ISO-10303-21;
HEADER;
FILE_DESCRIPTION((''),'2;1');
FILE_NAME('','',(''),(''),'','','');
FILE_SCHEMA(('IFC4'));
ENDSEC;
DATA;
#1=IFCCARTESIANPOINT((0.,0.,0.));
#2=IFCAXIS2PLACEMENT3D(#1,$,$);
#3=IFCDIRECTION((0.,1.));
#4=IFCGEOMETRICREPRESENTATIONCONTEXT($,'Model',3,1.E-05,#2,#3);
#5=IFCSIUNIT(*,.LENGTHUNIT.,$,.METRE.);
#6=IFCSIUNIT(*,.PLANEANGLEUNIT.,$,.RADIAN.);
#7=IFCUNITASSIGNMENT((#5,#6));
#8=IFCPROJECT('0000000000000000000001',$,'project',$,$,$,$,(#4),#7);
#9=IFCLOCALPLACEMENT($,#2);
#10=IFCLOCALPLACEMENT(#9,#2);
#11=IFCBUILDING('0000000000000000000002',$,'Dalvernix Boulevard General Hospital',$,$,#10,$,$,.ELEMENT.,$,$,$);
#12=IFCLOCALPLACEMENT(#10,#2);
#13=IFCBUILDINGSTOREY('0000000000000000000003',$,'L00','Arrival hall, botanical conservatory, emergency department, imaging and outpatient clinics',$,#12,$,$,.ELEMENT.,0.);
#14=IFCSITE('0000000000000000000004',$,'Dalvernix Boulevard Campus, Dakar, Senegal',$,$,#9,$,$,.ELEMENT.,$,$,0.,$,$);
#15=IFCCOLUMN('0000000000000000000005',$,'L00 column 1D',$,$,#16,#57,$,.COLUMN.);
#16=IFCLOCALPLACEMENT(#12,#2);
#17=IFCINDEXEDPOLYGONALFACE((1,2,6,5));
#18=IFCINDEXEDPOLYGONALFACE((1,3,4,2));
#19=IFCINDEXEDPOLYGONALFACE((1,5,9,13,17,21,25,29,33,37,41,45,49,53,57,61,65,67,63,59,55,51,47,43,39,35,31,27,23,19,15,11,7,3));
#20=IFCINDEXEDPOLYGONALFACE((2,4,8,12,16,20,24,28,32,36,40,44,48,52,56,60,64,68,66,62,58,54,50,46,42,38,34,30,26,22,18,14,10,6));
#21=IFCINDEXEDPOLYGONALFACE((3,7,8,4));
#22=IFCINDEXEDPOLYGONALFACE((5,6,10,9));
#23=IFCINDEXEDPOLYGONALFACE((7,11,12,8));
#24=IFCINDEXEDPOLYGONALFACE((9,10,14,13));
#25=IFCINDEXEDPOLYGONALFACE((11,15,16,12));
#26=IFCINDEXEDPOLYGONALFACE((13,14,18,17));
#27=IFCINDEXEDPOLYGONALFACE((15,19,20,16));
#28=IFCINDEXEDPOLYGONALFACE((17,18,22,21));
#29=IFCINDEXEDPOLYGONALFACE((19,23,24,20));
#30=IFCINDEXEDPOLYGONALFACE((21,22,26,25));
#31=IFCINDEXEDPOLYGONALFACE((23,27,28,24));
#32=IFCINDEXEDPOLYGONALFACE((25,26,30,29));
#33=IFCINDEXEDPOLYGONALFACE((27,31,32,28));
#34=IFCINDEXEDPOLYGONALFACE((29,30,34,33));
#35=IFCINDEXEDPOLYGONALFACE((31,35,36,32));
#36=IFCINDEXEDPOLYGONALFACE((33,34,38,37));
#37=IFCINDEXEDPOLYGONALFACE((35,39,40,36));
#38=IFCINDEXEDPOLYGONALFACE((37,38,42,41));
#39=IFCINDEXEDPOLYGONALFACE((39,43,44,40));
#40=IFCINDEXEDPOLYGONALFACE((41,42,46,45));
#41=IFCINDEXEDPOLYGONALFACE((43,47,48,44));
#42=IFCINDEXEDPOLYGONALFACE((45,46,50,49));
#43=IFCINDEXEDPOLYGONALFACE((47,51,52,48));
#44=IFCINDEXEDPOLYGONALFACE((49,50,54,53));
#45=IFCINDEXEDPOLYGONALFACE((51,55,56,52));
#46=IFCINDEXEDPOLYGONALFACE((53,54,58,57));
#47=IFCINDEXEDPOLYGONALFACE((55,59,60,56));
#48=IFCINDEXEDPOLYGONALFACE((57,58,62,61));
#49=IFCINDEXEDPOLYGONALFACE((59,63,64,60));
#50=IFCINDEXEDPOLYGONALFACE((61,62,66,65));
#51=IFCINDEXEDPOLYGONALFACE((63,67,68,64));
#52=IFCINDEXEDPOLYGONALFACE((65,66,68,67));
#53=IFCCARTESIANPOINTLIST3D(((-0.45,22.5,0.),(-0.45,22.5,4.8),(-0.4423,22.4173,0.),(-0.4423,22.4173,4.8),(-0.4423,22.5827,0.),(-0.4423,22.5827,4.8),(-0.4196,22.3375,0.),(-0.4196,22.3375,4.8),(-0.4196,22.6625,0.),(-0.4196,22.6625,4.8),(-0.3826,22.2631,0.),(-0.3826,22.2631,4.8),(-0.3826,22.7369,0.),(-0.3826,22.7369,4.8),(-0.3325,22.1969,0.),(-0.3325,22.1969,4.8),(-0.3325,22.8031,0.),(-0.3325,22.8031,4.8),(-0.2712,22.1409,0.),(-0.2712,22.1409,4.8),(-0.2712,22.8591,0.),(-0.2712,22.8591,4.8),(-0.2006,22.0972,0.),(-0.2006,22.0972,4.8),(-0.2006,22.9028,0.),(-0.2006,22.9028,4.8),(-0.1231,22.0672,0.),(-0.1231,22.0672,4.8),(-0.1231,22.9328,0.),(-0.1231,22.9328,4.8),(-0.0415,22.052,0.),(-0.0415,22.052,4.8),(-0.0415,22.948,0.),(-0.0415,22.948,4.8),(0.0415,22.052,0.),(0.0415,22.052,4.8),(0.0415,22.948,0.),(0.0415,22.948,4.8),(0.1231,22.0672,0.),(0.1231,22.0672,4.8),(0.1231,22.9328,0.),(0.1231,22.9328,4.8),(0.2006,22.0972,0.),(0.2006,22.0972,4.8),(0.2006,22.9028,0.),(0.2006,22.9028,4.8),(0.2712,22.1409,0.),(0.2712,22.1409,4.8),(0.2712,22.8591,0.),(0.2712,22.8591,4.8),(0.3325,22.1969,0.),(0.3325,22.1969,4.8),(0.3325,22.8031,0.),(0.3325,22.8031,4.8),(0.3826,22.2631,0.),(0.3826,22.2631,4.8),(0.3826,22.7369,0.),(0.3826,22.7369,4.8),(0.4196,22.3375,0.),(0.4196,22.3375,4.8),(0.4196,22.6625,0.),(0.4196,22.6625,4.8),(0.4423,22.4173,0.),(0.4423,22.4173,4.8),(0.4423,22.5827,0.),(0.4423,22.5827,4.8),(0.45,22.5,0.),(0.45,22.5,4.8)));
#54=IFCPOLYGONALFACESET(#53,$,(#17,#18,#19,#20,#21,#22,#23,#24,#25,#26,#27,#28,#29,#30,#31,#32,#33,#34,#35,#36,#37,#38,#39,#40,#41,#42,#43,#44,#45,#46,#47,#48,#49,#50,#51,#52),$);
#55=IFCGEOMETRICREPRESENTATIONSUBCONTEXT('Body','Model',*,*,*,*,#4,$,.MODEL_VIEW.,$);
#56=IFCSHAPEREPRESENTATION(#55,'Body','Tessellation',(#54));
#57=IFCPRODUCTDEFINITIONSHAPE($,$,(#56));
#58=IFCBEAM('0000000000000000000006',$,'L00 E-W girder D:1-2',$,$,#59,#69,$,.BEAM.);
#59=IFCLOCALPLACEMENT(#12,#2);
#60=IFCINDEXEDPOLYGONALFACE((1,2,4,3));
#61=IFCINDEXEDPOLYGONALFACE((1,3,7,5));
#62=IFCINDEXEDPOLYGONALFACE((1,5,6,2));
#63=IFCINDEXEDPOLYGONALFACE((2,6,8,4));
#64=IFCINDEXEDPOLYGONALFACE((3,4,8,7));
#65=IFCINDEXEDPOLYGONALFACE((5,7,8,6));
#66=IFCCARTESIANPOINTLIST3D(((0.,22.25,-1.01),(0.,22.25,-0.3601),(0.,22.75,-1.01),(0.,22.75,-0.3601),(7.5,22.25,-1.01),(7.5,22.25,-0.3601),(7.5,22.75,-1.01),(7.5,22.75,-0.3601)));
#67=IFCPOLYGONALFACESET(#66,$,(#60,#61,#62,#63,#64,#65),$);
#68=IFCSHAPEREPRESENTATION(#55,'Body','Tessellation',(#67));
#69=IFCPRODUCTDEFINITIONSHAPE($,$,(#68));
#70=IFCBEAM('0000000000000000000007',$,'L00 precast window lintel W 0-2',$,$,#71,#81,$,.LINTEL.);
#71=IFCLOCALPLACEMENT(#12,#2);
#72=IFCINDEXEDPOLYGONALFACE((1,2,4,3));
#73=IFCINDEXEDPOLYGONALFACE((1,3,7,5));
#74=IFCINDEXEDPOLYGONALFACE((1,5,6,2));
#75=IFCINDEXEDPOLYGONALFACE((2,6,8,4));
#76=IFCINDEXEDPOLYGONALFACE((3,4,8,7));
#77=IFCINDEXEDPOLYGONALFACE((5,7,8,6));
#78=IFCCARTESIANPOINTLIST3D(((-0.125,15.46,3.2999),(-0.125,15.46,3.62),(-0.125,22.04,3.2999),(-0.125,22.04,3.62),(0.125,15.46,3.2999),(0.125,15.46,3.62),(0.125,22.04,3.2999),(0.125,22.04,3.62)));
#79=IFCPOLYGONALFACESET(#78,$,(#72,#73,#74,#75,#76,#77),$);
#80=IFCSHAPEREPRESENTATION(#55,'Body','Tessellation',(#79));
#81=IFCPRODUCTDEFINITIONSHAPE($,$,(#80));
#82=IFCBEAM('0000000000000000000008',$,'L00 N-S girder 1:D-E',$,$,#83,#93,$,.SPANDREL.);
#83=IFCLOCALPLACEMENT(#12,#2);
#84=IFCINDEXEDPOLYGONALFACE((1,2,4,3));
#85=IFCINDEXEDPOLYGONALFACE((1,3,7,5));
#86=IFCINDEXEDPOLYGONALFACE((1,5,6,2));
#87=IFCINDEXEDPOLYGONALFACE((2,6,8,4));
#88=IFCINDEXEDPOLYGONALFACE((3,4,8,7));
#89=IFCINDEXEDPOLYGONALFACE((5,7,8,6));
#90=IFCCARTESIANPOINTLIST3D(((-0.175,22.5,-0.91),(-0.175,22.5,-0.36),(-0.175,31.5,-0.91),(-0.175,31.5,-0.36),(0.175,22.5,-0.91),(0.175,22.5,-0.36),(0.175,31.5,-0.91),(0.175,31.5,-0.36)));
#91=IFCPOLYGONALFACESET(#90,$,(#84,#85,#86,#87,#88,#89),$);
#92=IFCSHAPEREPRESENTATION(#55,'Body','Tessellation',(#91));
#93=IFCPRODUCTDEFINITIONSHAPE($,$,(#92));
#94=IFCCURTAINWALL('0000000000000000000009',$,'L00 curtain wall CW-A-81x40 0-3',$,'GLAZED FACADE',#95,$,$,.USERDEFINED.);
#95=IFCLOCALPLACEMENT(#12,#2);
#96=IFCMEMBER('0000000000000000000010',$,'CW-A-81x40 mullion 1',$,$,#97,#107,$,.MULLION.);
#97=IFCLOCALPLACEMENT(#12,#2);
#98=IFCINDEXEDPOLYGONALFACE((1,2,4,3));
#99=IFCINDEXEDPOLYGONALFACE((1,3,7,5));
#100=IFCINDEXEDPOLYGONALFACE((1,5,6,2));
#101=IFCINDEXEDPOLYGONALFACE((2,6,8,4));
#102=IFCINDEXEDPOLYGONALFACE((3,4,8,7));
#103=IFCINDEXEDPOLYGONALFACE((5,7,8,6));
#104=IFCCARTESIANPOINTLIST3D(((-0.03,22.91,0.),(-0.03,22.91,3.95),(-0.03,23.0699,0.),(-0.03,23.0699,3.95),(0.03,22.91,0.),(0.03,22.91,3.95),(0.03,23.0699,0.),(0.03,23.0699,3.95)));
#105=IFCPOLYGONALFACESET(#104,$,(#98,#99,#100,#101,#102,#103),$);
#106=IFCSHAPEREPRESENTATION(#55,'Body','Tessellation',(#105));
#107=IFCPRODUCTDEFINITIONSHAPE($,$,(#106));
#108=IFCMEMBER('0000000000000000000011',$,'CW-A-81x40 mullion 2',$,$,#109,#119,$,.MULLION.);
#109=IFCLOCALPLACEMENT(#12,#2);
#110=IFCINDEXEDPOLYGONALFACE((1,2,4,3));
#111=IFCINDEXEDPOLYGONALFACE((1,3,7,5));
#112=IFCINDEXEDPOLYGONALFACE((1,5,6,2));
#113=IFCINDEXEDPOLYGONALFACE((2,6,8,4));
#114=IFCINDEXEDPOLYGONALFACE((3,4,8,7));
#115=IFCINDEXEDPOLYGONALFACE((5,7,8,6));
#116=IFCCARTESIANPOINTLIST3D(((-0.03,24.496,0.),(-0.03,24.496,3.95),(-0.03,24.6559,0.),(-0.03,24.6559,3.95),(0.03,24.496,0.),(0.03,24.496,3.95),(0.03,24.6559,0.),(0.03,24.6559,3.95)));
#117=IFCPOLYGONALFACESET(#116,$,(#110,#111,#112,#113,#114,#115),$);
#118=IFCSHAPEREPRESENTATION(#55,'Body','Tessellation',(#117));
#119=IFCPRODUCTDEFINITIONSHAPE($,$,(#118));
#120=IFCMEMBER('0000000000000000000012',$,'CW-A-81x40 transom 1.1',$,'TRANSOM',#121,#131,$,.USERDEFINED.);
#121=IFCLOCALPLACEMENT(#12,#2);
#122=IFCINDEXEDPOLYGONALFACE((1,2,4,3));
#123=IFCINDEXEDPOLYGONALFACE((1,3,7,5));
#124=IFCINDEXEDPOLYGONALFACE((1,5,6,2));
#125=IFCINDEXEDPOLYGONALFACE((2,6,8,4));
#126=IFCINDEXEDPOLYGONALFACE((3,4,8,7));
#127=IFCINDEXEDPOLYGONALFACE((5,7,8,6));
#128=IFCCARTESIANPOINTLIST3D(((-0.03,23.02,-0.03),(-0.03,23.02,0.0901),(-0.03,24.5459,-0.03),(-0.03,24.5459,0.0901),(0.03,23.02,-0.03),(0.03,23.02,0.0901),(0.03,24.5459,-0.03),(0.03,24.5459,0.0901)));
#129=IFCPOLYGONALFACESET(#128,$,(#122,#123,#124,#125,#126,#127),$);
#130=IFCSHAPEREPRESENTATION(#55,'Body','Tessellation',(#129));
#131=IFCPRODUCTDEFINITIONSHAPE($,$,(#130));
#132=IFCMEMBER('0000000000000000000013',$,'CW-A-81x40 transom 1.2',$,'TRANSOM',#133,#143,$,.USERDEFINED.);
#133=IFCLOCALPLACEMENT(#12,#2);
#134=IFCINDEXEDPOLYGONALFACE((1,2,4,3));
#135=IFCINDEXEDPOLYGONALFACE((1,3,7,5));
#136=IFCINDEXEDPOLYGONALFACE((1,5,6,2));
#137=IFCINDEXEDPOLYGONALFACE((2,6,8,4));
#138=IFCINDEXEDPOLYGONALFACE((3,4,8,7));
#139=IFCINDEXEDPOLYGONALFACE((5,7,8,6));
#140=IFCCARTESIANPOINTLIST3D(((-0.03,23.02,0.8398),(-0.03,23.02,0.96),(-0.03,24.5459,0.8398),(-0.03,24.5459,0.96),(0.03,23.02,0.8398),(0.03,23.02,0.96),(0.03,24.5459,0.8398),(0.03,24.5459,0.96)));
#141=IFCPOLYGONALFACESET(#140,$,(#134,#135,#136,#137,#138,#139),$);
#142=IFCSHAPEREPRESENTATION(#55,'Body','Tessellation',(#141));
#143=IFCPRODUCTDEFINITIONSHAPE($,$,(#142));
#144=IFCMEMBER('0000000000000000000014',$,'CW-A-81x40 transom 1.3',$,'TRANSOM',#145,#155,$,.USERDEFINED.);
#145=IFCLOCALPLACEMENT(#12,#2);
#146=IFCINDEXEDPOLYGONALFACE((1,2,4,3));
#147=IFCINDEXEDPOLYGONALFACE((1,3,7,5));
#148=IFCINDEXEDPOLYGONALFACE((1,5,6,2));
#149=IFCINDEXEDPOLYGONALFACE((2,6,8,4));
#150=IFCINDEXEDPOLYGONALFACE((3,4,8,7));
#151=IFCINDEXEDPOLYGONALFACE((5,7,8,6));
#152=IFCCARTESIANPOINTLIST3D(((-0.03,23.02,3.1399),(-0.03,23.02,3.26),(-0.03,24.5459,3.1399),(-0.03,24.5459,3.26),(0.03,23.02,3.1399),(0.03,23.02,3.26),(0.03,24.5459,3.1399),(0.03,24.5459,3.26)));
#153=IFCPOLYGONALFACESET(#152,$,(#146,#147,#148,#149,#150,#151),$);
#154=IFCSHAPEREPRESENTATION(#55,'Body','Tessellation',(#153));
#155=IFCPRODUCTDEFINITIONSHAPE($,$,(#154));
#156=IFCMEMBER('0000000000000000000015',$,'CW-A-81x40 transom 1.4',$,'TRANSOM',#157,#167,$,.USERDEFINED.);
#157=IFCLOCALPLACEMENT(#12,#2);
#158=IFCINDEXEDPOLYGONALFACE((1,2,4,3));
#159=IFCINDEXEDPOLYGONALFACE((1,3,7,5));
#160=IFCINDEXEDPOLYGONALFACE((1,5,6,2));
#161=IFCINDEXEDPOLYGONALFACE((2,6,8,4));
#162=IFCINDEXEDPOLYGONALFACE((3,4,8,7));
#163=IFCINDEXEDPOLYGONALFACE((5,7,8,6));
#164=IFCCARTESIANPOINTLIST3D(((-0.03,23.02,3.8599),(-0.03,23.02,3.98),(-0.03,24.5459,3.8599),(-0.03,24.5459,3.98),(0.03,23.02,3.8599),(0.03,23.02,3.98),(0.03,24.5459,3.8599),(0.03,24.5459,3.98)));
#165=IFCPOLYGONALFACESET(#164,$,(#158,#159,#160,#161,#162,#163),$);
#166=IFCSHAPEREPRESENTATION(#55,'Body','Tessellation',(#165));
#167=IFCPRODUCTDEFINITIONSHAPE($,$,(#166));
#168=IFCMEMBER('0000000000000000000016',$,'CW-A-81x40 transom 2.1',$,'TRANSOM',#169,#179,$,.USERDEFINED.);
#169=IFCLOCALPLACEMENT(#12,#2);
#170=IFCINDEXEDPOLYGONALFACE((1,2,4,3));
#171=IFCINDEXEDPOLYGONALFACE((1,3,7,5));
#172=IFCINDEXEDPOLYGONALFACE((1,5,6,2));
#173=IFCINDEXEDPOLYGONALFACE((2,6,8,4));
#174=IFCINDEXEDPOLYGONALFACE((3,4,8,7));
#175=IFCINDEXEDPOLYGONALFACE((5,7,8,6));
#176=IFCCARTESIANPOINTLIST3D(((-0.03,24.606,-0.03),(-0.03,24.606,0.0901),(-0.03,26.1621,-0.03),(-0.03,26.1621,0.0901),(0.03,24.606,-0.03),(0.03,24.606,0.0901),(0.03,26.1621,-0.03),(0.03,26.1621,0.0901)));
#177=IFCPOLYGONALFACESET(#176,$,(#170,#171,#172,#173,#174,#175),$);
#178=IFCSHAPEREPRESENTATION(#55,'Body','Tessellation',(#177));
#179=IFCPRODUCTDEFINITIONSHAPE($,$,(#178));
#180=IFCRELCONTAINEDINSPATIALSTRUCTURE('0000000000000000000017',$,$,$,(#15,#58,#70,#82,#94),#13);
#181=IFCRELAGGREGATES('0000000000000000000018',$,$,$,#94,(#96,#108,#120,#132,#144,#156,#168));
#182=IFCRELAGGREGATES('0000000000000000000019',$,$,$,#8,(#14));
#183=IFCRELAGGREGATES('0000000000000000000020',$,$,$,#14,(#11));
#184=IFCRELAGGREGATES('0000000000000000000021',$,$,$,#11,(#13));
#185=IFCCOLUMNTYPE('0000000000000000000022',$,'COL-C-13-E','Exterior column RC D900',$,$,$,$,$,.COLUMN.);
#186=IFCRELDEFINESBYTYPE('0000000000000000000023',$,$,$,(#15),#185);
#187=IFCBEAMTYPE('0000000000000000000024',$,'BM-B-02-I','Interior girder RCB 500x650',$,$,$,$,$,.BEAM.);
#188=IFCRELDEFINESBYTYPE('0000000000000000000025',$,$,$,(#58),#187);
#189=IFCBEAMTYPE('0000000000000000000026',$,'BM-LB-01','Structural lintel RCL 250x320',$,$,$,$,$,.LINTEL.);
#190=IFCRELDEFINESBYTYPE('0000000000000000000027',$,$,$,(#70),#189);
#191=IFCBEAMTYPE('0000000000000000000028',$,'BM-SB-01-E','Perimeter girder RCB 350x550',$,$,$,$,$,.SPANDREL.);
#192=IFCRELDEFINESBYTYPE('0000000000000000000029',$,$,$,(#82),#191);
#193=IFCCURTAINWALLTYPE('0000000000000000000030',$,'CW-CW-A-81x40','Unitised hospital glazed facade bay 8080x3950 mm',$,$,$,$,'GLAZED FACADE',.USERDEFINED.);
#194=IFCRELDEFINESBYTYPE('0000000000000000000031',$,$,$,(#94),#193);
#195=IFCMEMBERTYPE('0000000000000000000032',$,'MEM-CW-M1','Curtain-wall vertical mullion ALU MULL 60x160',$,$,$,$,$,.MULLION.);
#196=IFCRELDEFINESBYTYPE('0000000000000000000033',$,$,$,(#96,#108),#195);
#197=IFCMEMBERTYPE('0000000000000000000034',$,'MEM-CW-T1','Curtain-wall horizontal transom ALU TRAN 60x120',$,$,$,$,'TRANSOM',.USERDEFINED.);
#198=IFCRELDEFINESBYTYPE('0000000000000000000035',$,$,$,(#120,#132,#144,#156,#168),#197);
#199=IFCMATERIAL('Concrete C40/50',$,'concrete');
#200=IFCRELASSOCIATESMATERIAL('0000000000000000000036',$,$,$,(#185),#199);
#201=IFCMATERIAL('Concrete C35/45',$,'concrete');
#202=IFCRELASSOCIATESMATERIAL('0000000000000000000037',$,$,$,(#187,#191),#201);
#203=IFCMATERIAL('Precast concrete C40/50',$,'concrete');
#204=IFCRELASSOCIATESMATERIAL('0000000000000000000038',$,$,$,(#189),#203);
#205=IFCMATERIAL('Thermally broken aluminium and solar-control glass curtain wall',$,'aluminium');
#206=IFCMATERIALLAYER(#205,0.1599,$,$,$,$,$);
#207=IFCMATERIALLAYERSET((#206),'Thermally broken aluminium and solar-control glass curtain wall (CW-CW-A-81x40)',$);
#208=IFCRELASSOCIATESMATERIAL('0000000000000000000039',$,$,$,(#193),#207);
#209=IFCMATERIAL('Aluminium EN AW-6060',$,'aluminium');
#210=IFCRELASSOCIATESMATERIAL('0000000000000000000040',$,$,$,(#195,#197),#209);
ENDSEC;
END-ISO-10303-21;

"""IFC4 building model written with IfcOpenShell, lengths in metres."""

from ifc_helpers import new_model, si_unit, direction, frame, origin, origin_2d, place, context, subcontext, project, spatial, rectangle, circle, extrude, material, layer, layer_set, material_profile, profile_set, type_object, element, aggregate, save


model = new_model("IFC4")

# Units and contexts
model_context = context("Model", 3, precision=1e-05, world=origin(), true_north=direction((0.0, 1.0)))
body_context = subcontext(model_context, "Body", "Model", "MODEL_VIEW")
ifc_project = project(units=[si_unit("LENGTHUNIT", "METRE"), si_unit("PLANEANGLEUNIT", "RADIAN")], contexts=[model_context])

# Site, building, storey
site_placement = place(None, origin())
site = spatial("IfcSite", under=ifc_project, at=site_placement, Name="Dalvernix Boulevard Campus, Dakar, Senegal", CompositionType="ELEMENT", RefElevation=0.0)
building_placement = place(site_placement, origin())
building = spatial("IfcBuilding", under=site, at=building_placement, Name="Dalvernix Boulevard General Hospital", CompositionType="ELEMENT")
storey_placement = place(building_placement, origin())
storey = spatial("IfcBuildingStorey", under=building, at=storey_placement, Name="L00", Description="Arrival hall, botanical conservatory, emergency department, imaging and outpatient clinics", CompositionType="ELEMENT", Elevation=0.0)

# Column
ifc_material_1 = material(Name="Concrete C40/50", Category="concrete")
ifc_material_profile_1 = material_profile(ifc_material_1, circle(Radius=0.45, at=origin_2d()), Name="RC D900")
ifc_profile_set_1 = profile_set([ifc_material_profile_1], Name="Concrete C40/50")
column_type = type_object("IfcColumnType", Name="COL-C-13-E", Description="Exterior column RC D900", PredefinedType="COLUMN", material=ifc_profile_set_1)
column_placement = place(storey_placement, frame((0.0, 22.5, 0.0), z_axis=(0.0, 0.0, 1.0), x_axis=(1.0, 0.0, 0.0)))
element("IfcColumn", 1, at=column_placement, inside=storey, type_object=column_type, Name="L00 column 1D", PredefinedType="COLUMN", context=body_context, shape_type="SweptSolid", body=[
    extrude(circle(Radius=0.45, at=origin_2d()), origin(), (0.0, 0.0, 1.0), 4.8),
])

# Beams
ifc_material_2 = material(Name="Concrete C35/45", Category="concrete")
ifc_material_profile_2 = material_profile(ifc_material_2, rectangle(XDim=0.5, YDim=0.6499, at=origin_2d()), Name="RCB 500x650")
ifc_profile_set_2 = profile_set([ifc_material_profile_2], Name="Concrete C35/45")
beam_type_1 = type_object("IfcBeamType", Name="BM-B-02-I", Description="Interior girder RCB 500x650", PredefinedType="BEAM", material=ifc_profile_set_2)
beam_1_placement = place(storey_placement, frame((0.0, 22.5, -0.6851), z_axis=(1.0, 0.0, 0.0), x_axis=(0.0, 1.0, 0.0)))
element("IfcBeam", 2, at=beam_1_placement, inside=storey, type_object=beam_type_1, Name="L00 E-W girder D:1-2", PredefinedType="BEAM", context=body_context, shape_type="SweptSolid", body=[
    extrude(rectangle(XDim=0.5, YDim=0.6499, at=origin_2d()), origin(), (0.0, 0.0, 1.0), 7.5),
])
ifc_material_3 = material(Name="Precast concrete C40/50", Category="concrete")
ifc_material_profile_3 = material_profile(ifc_material_3, rectangle(XDim=0.25, YDim=0.3201, at=origin_2d()), Name="RCL 250x320")
ifc_profile_set_3 = profile_set([ifc_material_profile_3], Name="Precast concrete C40/50")
beam_type_2 = type_object("IfcBeamType", Name="BM-LB-01", Description="Structural lintel RCL 250x320", PredefinedType="LINTEL", material=ifc_profile_set_3)
beam_2_placement = place(storey_placement, frame((0.0, 15.46, 3.46), z_axis=(0.0, 1.0, 0.0), x_axis=(-1.0, 0.0, 0.0)))
element("IfcBeam", 3, at=beam_2_placement, inside=storey, type_object=beam_type_2, Name="L00 precast window lintel W 0-2", PredefinedType="LINTEL", context=body_context, shape_type="SweptSolid", body=[
    extrude(rectangle(XDim=0.25, YDim=0.3201, at=origin_2d()), origin(), (0.0, 0.0, 1.0), 6.5801),
])
ifc_material_profile_4 = material_profile(ifc_material_2, rectangle(XDim=0.3501, YDim=0.55, at=origin_2d()), Name="RCB 350x550")
ifc_profile_set_4 = profile_set([ifc_material_profile_4], Name="Concrete C35/45")
beam_type_3 = type_object("IfcBeamType", Name="BM-SB-01-E", Description="Perimeter girder RCB 350x550", PredefinedType="SPANDREL", material=ifc_profile_set_4)
beam_3_placement = place(storey_placement, frame((0.0, 22.5, -0.635), z_axis=(0.0, 1.0, 0.0), x_axis=(-1.0, 0.0, 0.0)))
element("IfcBeam", 4, at=beam_3_placement, inside=storey, type_object=beam_type_3, Name="L00 N-S girder 1:D-E", PredefinedType="SPANDREL", context=body_context, shape_type="SweptSolid", body=[
    extrude(rectangle(XDim=0.3501, YDim=0.55, at=origin_2d()), origin(), (0.0, 0.0, 1.0), 9.0),
])

# Curtain wall, members
ifc_material_4 = material(Name="Thermally broken aluminium and solar-control glass curtain wall", Category="aluminium")
ifc_layer_1 = layer(ifc_material_4, 0.1599)
ifc_layer_set_1 = layer_set([ifc_layer_1], Name="Thermally broken aluminium and solar-control glass curtain wall (CW-CW-A-81x40)")
curtain_wall_type = type_object("IfcCurtainWallType", Name="CW-CW-A-81x40", Description="Unitised hospital glazed facade bay 8080x3950 mm", ElementType="GLAZED FACADE", PredefinedType="USERDEFINED", material=ifc_layer_set_1)
curtain_wall_placement = place(storey_placement, origin())
curtain_wall = element("IfcCurtainWall", 5, at=curtain_wall_placement, inside=storey, type_object=curtain_wall_type, Name="L00 curtain wall CW-A-81x40 0-3", ObjectType="GLAZED FACADE", PredefinedType="USERDEFINED")
ifc_material_5 = material(Name="Aluminium EN AW-6060", Category="aluminium")
ifc_material_profile_5 = material_profile(ifc_material_5, rectangle(XDim=0.0601, YDim=0.1599, at=origin_2d()), Name="ALU MULL 60x160")
ifc_profile_set_5 = profile_set([ifc_material_profile_5], Name="Aluminium EN AW-6060")
member_type_1 = type_object("IfcMemberType", Name="MEM-CW-M1", Description="Curtain-wall vertical mullion ALU MULL 60x160", PredefinedType="MULLION", material=ifc_profile_set_5)
member_1_placement = place(storey_placement, frame((0.0, 22.99, 0.0), z_axis=(0.0, 0.0, 1.0), x_axis=(-1.0, 0.0, 0.0)))
member_1 = element("IfcMember", 6, at=member_1_placement, type_object=member_type_1, Name="CW-A-81x40 mullion 1", PredefinedType="MULLION", context=body_context, shape_type="SweptSolid", body=[
    extrude(rectangle(XDim=0.0601, YDim=0.1599, at=origin_2d()), origin(), (0.0, 0.0, 1.0), 3.95),
])
member_2_placement = place(storey_placement, frame((0.0, 24.5759, 0.0), z_axis=(0.0, 0.0, 1.0), x_axis=(-1.0, 0.0, 0.0)))
member_2 = element("IfcMember", 7, at=member_2_placement, type_object=member_type_1, Name="CW-A-81x40 mullion 2", PredefinedType="MULLION", context=body_context, shape_type="SweptSolid", body=[
    extrude(rectangle(XDim=0.0601, YDim=0.1599, at=origin_2d()), origin(), (0.0, 0.0, 1.0), 3.95),
])
ifc_material_profile_6 = material_profile(ifc_material_5, rectangle(XDim=0.0601, YDim=0.1201, at=origin_2d()), Name="ALU TRAN 60x120")
ifc_profile_set_6 = profile_set([ifc_material_profile_6], Name="Aluminium EN AW-6060")
member_type_2 = type_object("IfcMemberType", Name="MEM-CW-T1", Description="Curtain-wall horizontal transom ALU TRAN 60x120", ElementType="TRANSOM", PredefinedType="USERDEFINED", material=ifc_profile_set_6)
member_3_placement = place(storey_placement, frame((0.0, 23.02, 0.03), z_axis=(0.0, 1.0, 0.0), x_axis=(-1.0, 0.0, 0.0)))
member_3 = element("IfcMember", 8, at=member_3_placement, type_object=member_type_2, Name="CW-A-81x40 transom 1.1", ObjectType="TRANSOM", PredefinedType="USERDEFINED", context=body_context, shape_type="SweptSolid", body=[
    extrude(rectangle(XDim=0.0601, YDim=0.1201, at=origin_2d()), origin(), (0.0, 0.0, 1.0), 1.5259),
])
member_4_placement = place(storey_placement, frame((0.0, 23.02, 0.8999), z_axis=(0.0, 1.0, 0.0), x_axis=(-1.0, 0.0, 0.0)))
member_4 = element("IfcMember", 9, at=member_4_placement, type_object=member_type_2, Name="CW-A-81x40 transom 1.2", ObjectType="TRANSOM", PredefinedType="USERDEFINED", context=body_context, shape_type="SweptSolid", body=[
    extrude(rectangle(XDim=0.0601, YDim=0.1201, at=origin_2d()), origin(), (0.0, 0.0, 1.0), 1.5259),
])
member_5_placement = place(storey_placement, frame((0.0, 23.02, 3.2), z_axis=(0.0, 1.0, 0.0), x_axis=(-1.0, 0.0, 0.0)))
member_5 = element("IfcMember", 10, at=member_5_placement, type_object=member_type_2, Name="CW-A-81x40 transom 1.3", ObjectType="TRANSOM", PredefinedType="USERDEFINED", context=body_context, shape_type="SweptSolid", body=[
    extrude(rectangle(XDim=0.0601, YDim=0.1201, at=origin_2d()), origin(), (0.0, 0.0, 1.0), 1.5259),
])
member_6_placement = place(storey_placement, frame((0.0, 23.02, 3.9199), z_axis=(0.0, 1.0, 0.0), x_axis=(-1.0, 0.0, 0.0)))
member_6 = element("IfcMember", 11, at=member_6_placement, type_object=member_type_2, Name="CW-A-81x40 transom 1.4", ObjectType="TRANSOM", PredefinedType="USERDEFINED", context=body_context, shape_type="SweptSolid", body=[
    extrude(rectangle(XDim=0.0601, YDim=0.1201, at=origin_2d()), origin(), (0.0, 0.0, 1.0), 1.5259),
])
member_7_placement = place(storey_placement, frame((0.0, 24.606, 0.03), z_axis=(0.0, 1.0, 0.0), x_axis=(-1.0, 0.0, 0.0)))
member_7 = element("IfcMember", 12, at=member_7_placement, type_object=member_type_2, Name="CW-A-81x40 transom 2.1", ObjectType="TRANSOM", PredefinedType="USERDEFINED", context=body_context, shape_type="SweptSolid", body=[
    extrude(rectangle(XDim=0.0601, YDim=0.1201, at=origin_2d()), origin(), (0.0, 0.0, 1.0), 1.5562),
])
aggregate(curtain_wall, [member_1, member_2, member_3, member_4, member_5, member_6, member_7])

save(model, "model.ifc")
